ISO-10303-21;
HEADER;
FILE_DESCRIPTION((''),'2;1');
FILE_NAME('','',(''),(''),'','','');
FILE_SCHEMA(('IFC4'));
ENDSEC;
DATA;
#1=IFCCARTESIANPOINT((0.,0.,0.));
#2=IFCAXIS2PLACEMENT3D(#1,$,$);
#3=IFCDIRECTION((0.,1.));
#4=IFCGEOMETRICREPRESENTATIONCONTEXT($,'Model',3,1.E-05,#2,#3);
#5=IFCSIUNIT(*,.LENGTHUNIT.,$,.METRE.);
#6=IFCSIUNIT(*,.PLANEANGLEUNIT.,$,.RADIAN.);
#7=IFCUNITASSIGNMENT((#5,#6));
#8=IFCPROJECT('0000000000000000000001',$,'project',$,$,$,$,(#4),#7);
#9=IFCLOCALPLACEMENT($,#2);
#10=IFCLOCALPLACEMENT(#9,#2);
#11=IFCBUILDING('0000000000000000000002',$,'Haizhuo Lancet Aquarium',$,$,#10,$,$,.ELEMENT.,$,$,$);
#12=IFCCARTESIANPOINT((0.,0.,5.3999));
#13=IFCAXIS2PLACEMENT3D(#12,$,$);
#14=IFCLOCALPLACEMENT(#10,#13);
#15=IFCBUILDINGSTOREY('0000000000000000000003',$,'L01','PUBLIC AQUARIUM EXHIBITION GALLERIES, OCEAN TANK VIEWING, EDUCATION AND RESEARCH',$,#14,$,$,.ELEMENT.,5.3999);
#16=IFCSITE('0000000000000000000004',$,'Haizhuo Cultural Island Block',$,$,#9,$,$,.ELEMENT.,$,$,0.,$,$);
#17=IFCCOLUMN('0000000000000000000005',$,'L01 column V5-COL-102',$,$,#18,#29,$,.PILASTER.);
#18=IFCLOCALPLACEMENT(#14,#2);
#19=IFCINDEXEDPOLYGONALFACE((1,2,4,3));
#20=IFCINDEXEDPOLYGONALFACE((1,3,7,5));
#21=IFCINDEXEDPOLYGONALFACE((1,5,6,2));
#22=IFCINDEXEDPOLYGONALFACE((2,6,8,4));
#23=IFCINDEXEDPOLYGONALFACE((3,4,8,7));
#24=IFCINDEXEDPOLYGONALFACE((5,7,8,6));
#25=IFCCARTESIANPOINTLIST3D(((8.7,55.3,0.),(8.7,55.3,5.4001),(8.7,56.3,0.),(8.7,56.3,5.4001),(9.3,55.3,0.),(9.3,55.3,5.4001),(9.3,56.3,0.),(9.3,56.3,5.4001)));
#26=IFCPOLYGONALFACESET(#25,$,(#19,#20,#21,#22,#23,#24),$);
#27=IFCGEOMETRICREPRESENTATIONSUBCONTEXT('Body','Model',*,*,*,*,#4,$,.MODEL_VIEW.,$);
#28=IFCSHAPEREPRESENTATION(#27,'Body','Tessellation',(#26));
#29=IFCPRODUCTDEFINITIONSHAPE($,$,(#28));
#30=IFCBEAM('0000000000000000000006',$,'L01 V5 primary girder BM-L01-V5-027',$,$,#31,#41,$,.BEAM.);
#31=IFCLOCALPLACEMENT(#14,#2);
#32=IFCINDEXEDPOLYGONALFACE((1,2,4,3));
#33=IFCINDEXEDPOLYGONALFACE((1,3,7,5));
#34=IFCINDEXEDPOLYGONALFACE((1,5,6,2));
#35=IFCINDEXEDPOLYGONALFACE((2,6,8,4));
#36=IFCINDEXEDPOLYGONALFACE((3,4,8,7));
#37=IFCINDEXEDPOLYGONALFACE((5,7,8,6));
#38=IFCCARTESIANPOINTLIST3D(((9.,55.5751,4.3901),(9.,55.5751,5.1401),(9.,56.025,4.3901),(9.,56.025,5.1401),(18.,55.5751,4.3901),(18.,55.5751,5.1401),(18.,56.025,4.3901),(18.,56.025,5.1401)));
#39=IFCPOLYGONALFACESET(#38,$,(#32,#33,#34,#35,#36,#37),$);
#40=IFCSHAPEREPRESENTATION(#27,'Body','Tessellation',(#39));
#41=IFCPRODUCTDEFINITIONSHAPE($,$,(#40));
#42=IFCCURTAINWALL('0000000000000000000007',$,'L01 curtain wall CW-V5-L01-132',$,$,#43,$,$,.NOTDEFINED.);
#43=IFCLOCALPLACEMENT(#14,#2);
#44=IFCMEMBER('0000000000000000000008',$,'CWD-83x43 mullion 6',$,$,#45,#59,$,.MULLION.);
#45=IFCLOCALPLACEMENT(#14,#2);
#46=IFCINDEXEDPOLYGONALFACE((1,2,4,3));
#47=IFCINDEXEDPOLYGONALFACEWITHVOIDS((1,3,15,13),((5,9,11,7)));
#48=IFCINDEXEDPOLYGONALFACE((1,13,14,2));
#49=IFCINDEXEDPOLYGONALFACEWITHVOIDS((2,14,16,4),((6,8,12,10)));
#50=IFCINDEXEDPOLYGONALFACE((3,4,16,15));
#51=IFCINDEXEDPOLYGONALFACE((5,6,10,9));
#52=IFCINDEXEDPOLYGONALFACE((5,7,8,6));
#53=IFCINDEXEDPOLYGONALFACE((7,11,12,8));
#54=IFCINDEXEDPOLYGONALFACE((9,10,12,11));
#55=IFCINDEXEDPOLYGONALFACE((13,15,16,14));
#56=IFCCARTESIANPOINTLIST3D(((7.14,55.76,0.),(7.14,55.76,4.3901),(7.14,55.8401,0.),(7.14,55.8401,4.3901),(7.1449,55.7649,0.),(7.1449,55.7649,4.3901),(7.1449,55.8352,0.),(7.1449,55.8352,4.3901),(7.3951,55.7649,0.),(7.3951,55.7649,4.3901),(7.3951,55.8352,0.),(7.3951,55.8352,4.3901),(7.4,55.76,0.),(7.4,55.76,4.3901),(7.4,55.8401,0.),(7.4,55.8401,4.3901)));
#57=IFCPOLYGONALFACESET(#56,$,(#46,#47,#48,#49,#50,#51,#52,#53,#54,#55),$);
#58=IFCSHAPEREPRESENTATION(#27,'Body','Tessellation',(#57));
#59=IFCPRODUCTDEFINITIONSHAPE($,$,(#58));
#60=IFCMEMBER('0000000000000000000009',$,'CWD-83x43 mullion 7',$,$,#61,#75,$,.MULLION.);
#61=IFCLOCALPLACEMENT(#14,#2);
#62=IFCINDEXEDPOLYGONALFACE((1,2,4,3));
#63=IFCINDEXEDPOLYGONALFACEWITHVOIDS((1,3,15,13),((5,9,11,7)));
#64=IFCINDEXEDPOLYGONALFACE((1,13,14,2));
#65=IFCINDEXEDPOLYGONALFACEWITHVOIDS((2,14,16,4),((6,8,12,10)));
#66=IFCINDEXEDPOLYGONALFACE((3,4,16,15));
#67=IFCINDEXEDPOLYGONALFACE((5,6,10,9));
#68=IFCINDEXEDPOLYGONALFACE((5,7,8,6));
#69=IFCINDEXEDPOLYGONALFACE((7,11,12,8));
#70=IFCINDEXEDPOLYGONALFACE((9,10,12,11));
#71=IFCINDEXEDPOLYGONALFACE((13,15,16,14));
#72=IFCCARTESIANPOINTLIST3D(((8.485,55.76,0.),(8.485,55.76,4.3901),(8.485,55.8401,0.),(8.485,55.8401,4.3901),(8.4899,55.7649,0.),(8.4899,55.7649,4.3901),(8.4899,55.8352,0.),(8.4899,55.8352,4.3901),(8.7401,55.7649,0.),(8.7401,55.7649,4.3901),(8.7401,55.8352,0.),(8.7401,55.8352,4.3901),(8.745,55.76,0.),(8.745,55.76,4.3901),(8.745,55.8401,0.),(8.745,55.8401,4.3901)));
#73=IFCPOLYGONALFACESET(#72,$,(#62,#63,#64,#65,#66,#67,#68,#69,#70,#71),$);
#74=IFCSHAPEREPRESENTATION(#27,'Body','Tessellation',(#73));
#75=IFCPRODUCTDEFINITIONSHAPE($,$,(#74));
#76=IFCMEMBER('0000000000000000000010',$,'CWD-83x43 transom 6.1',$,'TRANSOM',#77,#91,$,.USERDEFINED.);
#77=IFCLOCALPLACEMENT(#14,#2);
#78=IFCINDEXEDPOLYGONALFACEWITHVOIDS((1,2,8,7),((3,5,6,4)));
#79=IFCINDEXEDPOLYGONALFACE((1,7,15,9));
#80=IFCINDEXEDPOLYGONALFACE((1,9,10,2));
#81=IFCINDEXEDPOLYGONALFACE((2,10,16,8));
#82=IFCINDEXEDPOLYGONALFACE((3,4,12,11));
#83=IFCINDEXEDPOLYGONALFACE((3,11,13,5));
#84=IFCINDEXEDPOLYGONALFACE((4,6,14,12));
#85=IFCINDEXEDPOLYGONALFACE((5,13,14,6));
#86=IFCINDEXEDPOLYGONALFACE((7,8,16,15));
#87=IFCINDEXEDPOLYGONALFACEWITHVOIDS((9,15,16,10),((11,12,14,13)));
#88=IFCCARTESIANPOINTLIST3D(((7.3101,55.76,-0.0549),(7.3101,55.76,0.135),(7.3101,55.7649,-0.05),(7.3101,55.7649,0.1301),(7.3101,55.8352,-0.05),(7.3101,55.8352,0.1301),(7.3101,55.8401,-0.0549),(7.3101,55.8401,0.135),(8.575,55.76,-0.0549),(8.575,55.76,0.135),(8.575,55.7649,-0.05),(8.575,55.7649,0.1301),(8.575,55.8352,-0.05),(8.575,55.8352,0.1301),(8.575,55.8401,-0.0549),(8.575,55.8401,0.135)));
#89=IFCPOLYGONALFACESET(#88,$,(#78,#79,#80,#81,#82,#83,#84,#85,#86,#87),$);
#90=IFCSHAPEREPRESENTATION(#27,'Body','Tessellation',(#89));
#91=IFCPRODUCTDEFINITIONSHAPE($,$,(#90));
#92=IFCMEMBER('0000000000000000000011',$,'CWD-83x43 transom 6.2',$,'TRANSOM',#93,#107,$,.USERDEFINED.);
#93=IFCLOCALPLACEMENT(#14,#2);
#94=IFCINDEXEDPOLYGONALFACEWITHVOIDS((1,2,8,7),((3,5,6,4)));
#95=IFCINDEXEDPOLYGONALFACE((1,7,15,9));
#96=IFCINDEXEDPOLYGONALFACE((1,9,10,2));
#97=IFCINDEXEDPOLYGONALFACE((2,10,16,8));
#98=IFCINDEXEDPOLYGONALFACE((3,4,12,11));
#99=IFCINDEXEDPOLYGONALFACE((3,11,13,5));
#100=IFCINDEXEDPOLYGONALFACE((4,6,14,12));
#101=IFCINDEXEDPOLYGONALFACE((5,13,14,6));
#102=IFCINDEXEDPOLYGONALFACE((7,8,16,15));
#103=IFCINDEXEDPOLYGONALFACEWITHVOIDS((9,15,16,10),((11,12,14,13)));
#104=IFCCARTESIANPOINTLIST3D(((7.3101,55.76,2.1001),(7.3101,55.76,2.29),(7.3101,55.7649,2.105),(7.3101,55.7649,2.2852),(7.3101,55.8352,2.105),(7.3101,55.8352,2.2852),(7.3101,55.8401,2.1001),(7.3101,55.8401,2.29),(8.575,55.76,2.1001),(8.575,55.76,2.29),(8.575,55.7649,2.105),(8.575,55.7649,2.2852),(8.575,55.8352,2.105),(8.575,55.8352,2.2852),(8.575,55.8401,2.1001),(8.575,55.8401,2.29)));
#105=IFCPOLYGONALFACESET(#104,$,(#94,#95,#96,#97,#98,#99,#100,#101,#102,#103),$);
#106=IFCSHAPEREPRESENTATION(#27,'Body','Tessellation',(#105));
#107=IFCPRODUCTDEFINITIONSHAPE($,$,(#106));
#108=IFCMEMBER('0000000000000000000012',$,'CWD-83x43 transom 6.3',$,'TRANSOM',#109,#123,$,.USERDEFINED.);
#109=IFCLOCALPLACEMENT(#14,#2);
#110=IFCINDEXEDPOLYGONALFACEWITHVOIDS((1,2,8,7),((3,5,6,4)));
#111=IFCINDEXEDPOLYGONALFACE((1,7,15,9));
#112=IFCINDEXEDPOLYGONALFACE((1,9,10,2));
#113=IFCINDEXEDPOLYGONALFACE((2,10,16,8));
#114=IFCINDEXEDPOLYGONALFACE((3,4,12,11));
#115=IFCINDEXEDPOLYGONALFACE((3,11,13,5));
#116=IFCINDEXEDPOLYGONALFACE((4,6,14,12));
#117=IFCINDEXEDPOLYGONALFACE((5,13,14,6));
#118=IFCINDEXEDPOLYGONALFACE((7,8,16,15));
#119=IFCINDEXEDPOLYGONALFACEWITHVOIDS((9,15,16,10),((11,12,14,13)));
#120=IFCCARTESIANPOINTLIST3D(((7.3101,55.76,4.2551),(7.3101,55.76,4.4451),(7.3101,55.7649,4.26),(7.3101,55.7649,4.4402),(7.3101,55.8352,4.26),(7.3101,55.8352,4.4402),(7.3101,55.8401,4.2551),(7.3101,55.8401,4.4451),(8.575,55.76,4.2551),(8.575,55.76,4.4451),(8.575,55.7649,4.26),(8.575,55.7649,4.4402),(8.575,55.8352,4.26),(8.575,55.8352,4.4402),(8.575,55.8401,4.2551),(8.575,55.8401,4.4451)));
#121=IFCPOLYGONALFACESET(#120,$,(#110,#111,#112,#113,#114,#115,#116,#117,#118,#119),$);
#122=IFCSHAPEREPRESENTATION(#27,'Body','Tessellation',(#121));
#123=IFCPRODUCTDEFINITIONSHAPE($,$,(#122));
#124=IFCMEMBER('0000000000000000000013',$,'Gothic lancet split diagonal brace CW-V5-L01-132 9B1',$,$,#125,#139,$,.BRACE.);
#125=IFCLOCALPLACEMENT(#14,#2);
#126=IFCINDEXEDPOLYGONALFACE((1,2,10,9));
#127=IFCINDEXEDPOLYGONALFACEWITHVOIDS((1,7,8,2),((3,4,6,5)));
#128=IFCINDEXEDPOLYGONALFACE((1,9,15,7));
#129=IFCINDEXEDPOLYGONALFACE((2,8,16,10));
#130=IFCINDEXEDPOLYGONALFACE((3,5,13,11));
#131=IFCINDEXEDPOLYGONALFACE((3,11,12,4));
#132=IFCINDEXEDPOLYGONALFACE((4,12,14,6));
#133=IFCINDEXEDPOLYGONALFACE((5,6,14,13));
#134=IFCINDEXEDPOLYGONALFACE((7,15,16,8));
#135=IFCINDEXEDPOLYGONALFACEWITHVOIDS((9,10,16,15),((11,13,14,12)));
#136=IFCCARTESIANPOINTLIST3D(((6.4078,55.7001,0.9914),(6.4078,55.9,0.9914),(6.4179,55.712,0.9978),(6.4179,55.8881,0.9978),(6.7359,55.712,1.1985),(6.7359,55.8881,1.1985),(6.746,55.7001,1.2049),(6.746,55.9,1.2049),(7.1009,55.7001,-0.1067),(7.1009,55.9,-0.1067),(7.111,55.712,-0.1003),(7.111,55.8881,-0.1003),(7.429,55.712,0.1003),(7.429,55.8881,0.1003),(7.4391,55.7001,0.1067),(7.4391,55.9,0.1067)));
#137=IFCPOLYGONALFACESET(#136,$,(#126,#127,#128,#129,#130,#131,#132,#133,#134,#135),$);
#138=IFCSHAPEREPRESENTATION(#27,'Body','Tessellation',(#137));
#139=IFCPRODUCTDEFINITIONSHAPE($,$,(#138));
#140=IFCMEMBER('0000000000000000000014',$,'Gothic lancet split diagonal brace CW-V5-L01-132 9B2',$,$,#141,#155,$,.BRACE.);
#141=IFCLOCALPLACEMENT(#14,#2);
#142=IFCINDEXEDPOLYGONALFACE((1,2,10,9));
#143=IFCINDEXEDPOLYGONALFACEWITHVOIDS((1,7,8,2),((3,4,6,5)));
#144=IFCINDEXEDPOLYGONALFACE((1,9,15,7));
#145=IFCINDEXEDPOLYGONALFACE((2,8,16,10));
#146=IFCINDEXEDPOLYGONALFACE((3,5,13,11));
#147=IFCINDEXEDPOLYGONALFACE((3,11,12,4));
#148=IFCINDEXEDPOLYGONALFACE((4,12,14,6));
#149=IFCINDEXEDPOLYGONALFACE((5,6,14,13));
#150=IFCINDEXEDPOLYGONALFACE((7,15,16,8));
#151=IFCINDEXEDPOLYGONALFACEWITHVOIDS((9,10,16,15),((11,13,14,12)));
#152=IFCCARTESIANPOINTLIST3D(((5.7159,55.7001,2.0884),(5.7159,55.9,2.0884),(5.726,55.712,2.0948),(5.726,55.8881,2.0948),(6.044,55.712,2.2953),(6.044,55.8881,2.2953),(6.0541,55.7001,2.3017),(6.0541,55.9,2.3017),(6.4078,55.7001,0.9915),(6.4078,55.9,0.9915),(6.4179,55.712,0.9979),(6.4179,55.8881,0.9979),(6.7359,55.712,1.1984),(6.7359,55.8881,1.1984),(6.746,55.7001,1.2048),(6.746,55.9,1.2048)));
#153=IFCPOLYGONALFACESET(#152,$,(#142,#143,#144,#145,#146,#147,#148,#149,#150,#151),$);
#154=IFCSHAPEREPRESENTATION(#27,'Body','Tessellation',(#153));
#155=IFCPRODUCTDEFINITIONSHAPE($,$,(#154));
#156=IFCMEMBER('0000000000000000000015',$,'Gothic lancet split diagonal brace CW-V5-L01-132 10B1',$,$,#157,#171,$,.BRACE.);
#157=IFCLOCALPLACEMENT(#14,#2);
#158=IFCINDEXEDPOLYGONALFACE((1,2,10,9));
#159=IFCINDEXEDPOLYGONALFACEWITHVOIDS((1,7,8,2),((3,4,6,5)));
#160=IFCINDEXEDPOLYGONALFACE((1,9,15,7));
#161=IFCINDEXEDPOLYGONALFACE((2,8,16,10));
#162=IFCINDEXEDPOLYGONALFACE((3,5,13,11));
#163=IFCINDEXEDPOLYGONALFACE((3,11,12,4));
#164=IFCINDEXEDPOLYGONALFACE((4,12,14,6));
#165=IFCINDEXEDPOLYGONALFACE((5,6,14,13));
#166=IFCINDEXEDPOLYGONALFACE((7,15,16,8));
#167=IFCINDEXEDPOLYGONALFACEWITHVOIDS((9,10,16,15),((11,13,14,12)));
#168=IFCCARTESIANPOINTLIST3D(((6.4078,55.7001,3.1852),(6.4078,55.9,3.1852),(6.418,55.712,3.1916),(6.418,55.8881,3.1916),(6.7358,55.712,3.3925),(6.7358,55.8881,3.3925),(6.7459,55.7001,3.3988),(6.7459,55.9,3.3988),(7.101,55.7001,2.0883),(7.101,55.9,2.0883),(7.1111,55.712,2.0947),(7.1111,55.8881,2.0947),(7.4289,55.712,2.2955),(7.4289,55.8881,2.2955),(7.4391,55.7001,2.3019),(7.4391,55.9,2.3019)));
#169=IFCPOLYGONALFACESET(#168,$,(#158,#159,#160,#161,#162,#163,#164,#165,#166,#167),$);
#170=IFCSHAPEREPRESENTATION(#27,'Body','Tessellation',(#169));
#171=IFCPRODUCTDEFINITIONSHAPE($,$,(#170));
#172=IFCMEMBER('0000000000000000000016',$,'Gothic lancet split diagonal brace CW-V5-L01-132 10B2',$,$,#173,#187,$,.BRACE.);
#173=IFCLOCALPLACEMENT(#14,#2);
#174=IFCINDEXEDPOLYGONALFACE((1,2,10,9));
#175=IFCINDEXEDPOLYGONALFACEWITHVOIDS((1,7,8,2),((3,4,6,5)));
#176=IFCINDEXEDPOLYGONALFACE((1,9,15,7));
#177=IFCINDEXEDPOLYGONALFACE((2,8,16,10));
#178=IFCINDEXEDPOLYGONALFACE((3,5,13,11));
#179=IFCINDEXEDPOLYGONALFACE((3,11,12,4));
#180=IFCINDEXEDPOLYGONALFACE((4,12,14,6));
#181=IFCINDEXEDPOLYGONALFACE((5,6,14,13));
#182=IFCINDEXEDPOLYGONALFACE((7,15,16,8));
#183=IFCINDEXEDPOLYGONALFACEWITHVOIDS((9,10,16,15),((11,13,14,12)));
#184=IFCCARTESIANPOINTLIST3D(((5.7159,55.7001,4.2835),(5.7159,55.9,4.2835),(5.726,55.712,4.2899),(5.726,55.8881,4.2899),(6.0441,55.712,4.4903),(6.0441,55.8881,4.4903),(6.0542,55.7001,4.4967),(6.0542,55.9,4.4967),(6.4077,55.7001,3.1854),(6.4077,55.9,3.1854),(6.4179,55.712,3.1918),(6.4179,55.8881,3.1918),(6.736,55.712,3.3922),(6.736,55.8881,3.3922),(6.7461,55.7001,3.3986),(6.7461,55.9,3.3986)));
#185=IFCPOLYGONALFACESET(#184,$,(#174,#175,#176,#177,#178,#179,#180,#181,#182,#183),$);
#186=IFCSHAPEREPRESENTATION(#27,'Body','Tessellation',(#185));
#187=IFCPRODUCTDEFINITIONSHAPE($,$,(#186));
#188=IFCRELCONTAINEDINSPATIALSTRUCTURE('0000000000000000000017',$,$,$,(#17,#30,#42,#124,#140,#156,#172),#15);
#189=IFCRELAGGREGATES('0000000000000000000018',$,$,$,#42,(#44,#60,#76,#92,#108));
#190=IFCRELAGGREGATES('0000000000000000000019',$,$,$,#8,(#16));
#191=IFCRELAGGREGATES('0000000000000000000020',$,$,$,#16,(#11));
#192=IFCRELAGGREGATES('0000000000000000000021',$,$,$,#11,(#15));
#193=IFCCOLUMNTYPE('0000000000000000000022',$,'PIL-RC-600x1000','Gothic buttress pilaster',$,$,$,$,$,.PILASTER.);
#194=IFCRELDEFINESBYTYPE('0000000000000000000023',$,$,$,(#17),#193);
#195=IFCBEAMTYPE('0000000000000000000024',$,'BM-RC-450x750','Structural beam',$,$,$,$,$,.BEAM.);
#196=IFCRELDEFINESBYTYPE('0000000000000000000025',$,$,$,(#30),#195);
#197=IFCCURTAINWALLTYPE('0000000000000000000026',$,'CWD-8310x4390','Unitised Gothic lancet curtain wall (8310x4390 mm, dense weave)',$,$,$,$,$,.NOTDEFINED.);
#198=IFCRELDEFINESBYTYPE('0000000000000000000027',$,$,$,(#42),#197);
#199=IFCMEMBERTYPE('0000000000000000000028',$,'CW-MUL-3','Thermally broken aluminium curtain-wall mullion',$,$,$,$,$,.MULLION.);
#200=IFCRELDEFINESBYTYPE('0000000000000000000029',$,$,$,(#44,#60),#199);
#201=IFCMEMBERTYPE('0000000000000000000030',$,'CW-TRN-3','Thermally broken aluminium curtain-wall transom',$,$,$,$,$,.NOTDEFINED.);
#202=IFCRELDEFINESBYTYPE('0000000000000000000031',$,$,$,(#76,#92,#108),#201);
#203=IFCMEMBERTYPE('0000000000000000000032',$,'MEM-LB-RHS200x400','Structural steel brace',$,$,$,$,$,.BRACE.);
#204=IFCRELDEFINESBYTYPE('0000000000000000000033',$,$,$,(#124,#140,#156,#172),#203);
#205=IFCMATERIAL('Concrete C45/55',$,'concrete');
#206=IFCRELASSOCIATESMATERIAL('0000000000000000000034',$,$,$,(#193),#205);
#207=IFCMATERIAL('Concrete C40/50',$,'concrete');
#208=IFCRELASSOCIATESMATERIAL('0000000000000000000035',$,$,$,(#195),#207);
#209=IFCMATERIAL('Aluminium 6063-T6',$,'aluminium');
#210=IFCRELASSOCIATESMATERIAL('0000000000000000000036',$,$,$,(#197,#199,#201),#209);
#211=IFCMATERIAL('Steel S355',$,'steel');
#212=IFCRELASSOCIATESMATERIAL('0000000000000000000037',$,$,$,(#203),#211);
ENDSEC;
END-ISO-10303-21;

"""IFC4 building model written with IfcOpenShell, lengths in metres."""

from ifc_helpers import new_model, si_unit, direction, frame, origin, origin_2d, place, context, subcontext, project, spatial, rectangle, hollow_rectangle, extrude, material, material_profile, profile_set, type_object, element, aggregate, save


model = new_model("IFC4")

# Units and contexts
model_context = context("Model", 3, precision=1e-05, world=origin(), true_north=direction((0.0, 1.0)))
body_context = subcontext(model_context, "Body", "Model", "MODEL_VIEW")
ifc_project = project(units=[si_unit("LENGTHUNIT", "METRE"), si_unit("PLANEANGLEUNIT", "RADIAN")], contexts=[model_context])

# Site, building, storey
site_placement = place(None, origin())
site = spatial("IfcSite", under=ifc_project, at=site_placement, Name="Haizhuo Cultural Island Block", CompositionType="ELEMENT", RefElevation=0.0)
building_placement = place(site_placement, origin())
building = spatial("IfcBuilding", under=site, at=building_placement, Name="Haizhuo Lancet Aquarium", CompositionType="ELEMENT")
storey_placement = place(building_placement, frame((0.0, 0.0, 5.3999)))
storey = spatial("IfcBuildingStorey", under=building, at=storey_placement, Name="L01", Description="PUBLIC AQUARIUM EXHIBITION GALLERIES, OCEAN TANK VIEWING, EDUCATION AND RESEARCH", CompositionType="ELEMENT", Elevation=5.3999)

# Column
ifc_material_1 = material(Name="Concrete C45/55", Category="concrete")
ifc_material_profile_1 = material_profile(ifc_material_1, rectangle(XDim=0.6001, YDim=1.0, at=origin_2d()), Name="RC-PIL 600x1000")
ifc_profile_set_1 = profile_set([ifc_material_profile_1], Name="Concrete C45/55")
column_type = type_object("IfcColumnType", Name="PIL-RC-600x1000", Description="Gothic buttress pilaster", PredefinedType="PILASTER", material=ifc_profile_set_1)
column_placement = place(storey_placement, frame((9.0, 55.8, 0.0), z_axis=(0.0, 0.0, 1.0), x_axis=(1.0, 0.0, 0.0)))
element("IfcColumn", 1, at=column_placement, inside=storey, type_object=column_type, Name="L01 column V5-COL-102", PredefinedType="PILASTER", context=body_context, shape_type="SweptSolid", body=[
    extrude(rectangle(XDim=0.6001, YDim=1.0, at=origin_2d()), origin(), (0.0, 0.0, 1.0), 5.4001),
])

# Beam
ifc_material_2 = material(Name="Concrete C40/50", Category="concrete")
ifc_material_profile_2 = material_profile(ifc_material_2, rectangle(XDim=0.45, YDim=0.75, at=origin_2d()), Name="RC-BM 450x750")
ifc_profile_set_2 = profile_set([ifc_material_profile_2], Name="Concrete C40/50")
beam_type = type_object("IfcBeamType", Name="BM-RC-450x750", Description="Structural beam", PredefinedType="BEAM", material=ifc_profile_set_2)
beam_placement = place(storey_placement, frame((9.0, 55.8, 4.7651), z_axis=(1.0, 0.0, 0.0), x_axis=(0.0, 1.0, 0.0)))
element("IfcBeam", 2, at=beam_placement, inside=storey, type_object=beam_type, Name="L01 V5 primary girder BM-L01-V5-027", PredefinedType="BEAM", context=body_context, shape_type="SweptSolid", body=[
    extrude(rectangle(XDim=0.45, YDim=0.75, at=origin_2d()), origin(), (0.0, 0.0, 1.0), 9.0),
])

# Curtain wall, members
ifc_material_3 = material(Name="Aluminium 6063-T6", Category="aluminium")
curtain_wall_type = type_object("IfcCurtainWallType", Name="CWD-8310x4390", Description="Unitised Gothic lancet curtain wall (8310x4390 mm, dense weave)", PredefinedType="NOTDEFINED", material=ifc_material_3)
curtain_wall_placement = place(storey_placement, origin())
curtain_wall = element("IfcCurtainWall", 3, at=curtain_wall_placement, inside=storey, type_object=curtain_wall_type, Name="L01 curtain wall CW-V5-L01-132", PredefinedType="NOTDEFINED")
ifc_material_profile_3 = material_profile(ifc_material_3, hollow_rectangle(XDim=0.0801, YDim=0.26, WallThickness=0.0049, at=origin_2d()), Name="ALU-M 80x260x5")
ifc_profile_set_3 = profile_set([ifc_material_profile_3], Name="Aluminium 6063-T6")
member_type_1 = type_object("IfcMemberType", Name="CW-MUL-3", Description="Thermally broken aluminium curtain-wall mullion", PredefinedType="MULLION", material=ifc_profile_set_3)
member_1_placement = place(storey_placement, frame((7.27, 55.8, 0.0), z_axis=(0.0, 0.0, 1.0), x_axis=(0.0, 1.0, 0.0)))
member_1 = element("IfcMember", 4, at=member_1_placement, type_object=member_type_1, Name="CWD-83x43 mullion 6", PredefinedType="MULLION", context=body_context, shape_type="SweptSolid", body=[
    extrude(hollow_rectangle(XDim=0.0801, YDim=0.26, WallThickness=0.0049, at=origin_2d()), origin(), (0.0, 0.0, 1.0), 4.3901),
])
member_2_placement = place(storey_placement, frame((8.615, 55.8, 0.0), z_axis=(0.0, 0.0, 1.0), x_axis=(0.0, 1.0, 0.0)))
member_2 = element("IfcMember", 5, at=member_2_placement, type_object=member_type_1, Name="CWD-83x43 mullion 7", PredefinedType="MULLION", context=body_context, shape_type="SweptSolid", body=[
    extrude(hollow_rectangle(XDim=0.0801, YDim=0.26, WallThickness=0.0049, at=origin_2d()), origin(), (0.0, 0.0, 1.0), 4.3901),
])
ifc_material_profile_4 = material_profile(ifc_material_3, hollow_rectangle(XDim=0.0801, YDim=0.1899, WallThickness=0.0049, at=origin_2d()), Name="ALU-T 80x190x5")
ifc_profile_set_4 = profile_set([ifc_material_profile_4], Name="Aluminium 6063-T6")
member_type_2 = type_object("IfcMemberType", Name="CW-TRN-3", Description="Thermally broken aluminium curtain-wall transom", PredefinedType="NOTDEFINED", material=ifc_profile_set_4)
member_3_placement = place(storey_placement, frame((7.3101, 55.8, 0.04), z_axis=(1.0, 0.0, 0.0), x_axis=(0.0, 1.0, 0.0)))
member_3 = element("IfcMember", 6, at=member_3_placement, type_object=member_type_2, Name="CWD-83x43 transom 6.1", ObjectType="TRANSOM", PredefinedType="USERDEFINED", context=body_context, shape_type="SweptSolid", body=[
    extrude(hollow_rectangle(XDim=0.0801, YDim=0.1899, WallThickness=0.0049, at=origin_2d()), origin(), (0.0, 0.0, 1.0), 1.2649),
])
member_4_placement = place(storey_placement, frame((7.3101, 55.8, 2.1951), z_axis=(1.0, 0.0, 0.0), x_axis=(0.0, 1.0, 0.0)))
member_4 = element("IfcMember", 7, at=member_4_placement, type_object=member_type_2, Name="CWD-83x43 transom 6.2", ObjectType="TRANSOM", PredefinedType="USERDEFINED", context=body_context, shape_type="SweptSolid", body=[
    extrude(hollow_rectangle(XDim=0.0801, YDim=0.1899, WallThickness=0.0049, at=origin_2d()), origin(), (0.0, 0.0, 1.0), 1.2649),
])
member_5_placement = place(storey_placement, frame((7.3101, 55.8, 4.3501), z_axis=(1.0, 0.0, 0.0), x_axis=(0.0, 1.0, 0.0)))
member_5 = element("IfcMember", 8, at=member_5_placement, type_object=member_type_2, Name="CWD-83x43 transom 6.3", ObjectType="TRANSOM", PredefinedType="USERDEFINED", context=body_context, shape_type="SweptSolid", body=[
    extrude(hollow_rectangle(XDim=0.0801, YDim=0.1899, WallThickness=0.0049, at=origin_2d()), origin(), (0.0, 0.0, 1.0), 1.2649),
])

# Members
ifc_material_4 = material(Name="Steel S355", Category="steel")
ifc_material_profile_5 = material_profile(ifc_material_4, hollow_rectangle(XDim=0.2, YDim=0.3999, WallThickness=0.012, at=origin_2d()), Name="RHS 200x400x12")
ifc_profile_set_5 = profile_set([ifc_material_profile_5], Name="Steel S355")
member_type_3 = type_object("IfcMemberType", Name="MEM-LB-RHS200x400", Description="Structural steel brace", PredefinedType="BRACE", material=ifc_profile_set_5)
member_6_placement = place(storey_placement, frame((7.27, 55.8, 0.0), z_axis=(-0.533745, 0.0, 0.845645), x_axis=(0.0, -1.0, 0.0)))
element("IfcMember", 9, at=member_6_placement, inside=storey, type_object=member_type_3, Name="Gothic lancet split diagonal brace CW-V5-L01-132 9B1", PredefinedType="BRACE", context=body_context, shape_type="SweptSolid", body=[
    extrude(hollow_rectangle(XDim=0.2, YDim=0.3999, WallThickness=0.012, at=origin_2d()), origin(), (0.0, 0.0, 1.0), 1.2986),
])
member_7_placement = place(storey_placement, frame((6.5769, 55.8, 1.0981), z_axis=(-0.533497, 0.0, 0.845802), x_axis=(0.0, -1.0, 0.0)))
element("IfcMember", 10, at=member_7_placement, inside=storey, type_object=member_type_3, Name="Gothic lancet split diagonal brace CW-V5-L01-132 9B2", PredefinedType="BRACE", context=body_context, shape_type="SweptSolid", body=[
    extrude(hollow_rectangle(XDim=0.2, YDim=0.3999, WallThickness=0.012, at=origin_2d()), origin(), (0.0, 0.0, 1.0), 1.2969),
])
member_8_placement = place(storey_placement, frame((7.27, 55.8, 2.1951), z_axis=(-0.53417, 0.0, 0.845377), x_axis=(0.0, -1.0, 0.0)))
element("IfcMember", 11, at=member_8_placement, inside=storey, type_object=member_type_3, Name="Gothic lancet split diagonal brace CW-V5-L01-132 10B1", PredefinedType="BRACE", context=body_context, shape_type="SweptSolid", body=[
    extrude(hollow_rectangle(XDim=0.2, YDim=0.3999, WallThickness=0.012, at=origin_2d()), origin(), (0.0, 0.0, 1.0), 1.2976),
])
member_9_placement = place(storey_placement, frame((6.5769, 55.8, 3.292), z_axis=(-0.533073, 0.0, 0.846069), x_axis=(0.0, -1.0, 0.0)))
element("IfcMember", 12, at=member_9_placement, inside=storey, type_object=member_type_3, Name="Gothic lancet split diagonal brace CW-V5-L01-132 10B2", PredefinedType="BRACE", context=body_context, shape_type="SweptSolid", body=[
    extrude(hollow_rectangle(XDim=0.2, YDim=0.3999, WallThickness=0.012, at=origin_2d()), origin(), (0.0, 0.0, 1.0), 1.2979),
])

aggregate(curtain_wall, [member_1, member_2, member_3, member_4, member_5])

save(model, "model.ifc")
